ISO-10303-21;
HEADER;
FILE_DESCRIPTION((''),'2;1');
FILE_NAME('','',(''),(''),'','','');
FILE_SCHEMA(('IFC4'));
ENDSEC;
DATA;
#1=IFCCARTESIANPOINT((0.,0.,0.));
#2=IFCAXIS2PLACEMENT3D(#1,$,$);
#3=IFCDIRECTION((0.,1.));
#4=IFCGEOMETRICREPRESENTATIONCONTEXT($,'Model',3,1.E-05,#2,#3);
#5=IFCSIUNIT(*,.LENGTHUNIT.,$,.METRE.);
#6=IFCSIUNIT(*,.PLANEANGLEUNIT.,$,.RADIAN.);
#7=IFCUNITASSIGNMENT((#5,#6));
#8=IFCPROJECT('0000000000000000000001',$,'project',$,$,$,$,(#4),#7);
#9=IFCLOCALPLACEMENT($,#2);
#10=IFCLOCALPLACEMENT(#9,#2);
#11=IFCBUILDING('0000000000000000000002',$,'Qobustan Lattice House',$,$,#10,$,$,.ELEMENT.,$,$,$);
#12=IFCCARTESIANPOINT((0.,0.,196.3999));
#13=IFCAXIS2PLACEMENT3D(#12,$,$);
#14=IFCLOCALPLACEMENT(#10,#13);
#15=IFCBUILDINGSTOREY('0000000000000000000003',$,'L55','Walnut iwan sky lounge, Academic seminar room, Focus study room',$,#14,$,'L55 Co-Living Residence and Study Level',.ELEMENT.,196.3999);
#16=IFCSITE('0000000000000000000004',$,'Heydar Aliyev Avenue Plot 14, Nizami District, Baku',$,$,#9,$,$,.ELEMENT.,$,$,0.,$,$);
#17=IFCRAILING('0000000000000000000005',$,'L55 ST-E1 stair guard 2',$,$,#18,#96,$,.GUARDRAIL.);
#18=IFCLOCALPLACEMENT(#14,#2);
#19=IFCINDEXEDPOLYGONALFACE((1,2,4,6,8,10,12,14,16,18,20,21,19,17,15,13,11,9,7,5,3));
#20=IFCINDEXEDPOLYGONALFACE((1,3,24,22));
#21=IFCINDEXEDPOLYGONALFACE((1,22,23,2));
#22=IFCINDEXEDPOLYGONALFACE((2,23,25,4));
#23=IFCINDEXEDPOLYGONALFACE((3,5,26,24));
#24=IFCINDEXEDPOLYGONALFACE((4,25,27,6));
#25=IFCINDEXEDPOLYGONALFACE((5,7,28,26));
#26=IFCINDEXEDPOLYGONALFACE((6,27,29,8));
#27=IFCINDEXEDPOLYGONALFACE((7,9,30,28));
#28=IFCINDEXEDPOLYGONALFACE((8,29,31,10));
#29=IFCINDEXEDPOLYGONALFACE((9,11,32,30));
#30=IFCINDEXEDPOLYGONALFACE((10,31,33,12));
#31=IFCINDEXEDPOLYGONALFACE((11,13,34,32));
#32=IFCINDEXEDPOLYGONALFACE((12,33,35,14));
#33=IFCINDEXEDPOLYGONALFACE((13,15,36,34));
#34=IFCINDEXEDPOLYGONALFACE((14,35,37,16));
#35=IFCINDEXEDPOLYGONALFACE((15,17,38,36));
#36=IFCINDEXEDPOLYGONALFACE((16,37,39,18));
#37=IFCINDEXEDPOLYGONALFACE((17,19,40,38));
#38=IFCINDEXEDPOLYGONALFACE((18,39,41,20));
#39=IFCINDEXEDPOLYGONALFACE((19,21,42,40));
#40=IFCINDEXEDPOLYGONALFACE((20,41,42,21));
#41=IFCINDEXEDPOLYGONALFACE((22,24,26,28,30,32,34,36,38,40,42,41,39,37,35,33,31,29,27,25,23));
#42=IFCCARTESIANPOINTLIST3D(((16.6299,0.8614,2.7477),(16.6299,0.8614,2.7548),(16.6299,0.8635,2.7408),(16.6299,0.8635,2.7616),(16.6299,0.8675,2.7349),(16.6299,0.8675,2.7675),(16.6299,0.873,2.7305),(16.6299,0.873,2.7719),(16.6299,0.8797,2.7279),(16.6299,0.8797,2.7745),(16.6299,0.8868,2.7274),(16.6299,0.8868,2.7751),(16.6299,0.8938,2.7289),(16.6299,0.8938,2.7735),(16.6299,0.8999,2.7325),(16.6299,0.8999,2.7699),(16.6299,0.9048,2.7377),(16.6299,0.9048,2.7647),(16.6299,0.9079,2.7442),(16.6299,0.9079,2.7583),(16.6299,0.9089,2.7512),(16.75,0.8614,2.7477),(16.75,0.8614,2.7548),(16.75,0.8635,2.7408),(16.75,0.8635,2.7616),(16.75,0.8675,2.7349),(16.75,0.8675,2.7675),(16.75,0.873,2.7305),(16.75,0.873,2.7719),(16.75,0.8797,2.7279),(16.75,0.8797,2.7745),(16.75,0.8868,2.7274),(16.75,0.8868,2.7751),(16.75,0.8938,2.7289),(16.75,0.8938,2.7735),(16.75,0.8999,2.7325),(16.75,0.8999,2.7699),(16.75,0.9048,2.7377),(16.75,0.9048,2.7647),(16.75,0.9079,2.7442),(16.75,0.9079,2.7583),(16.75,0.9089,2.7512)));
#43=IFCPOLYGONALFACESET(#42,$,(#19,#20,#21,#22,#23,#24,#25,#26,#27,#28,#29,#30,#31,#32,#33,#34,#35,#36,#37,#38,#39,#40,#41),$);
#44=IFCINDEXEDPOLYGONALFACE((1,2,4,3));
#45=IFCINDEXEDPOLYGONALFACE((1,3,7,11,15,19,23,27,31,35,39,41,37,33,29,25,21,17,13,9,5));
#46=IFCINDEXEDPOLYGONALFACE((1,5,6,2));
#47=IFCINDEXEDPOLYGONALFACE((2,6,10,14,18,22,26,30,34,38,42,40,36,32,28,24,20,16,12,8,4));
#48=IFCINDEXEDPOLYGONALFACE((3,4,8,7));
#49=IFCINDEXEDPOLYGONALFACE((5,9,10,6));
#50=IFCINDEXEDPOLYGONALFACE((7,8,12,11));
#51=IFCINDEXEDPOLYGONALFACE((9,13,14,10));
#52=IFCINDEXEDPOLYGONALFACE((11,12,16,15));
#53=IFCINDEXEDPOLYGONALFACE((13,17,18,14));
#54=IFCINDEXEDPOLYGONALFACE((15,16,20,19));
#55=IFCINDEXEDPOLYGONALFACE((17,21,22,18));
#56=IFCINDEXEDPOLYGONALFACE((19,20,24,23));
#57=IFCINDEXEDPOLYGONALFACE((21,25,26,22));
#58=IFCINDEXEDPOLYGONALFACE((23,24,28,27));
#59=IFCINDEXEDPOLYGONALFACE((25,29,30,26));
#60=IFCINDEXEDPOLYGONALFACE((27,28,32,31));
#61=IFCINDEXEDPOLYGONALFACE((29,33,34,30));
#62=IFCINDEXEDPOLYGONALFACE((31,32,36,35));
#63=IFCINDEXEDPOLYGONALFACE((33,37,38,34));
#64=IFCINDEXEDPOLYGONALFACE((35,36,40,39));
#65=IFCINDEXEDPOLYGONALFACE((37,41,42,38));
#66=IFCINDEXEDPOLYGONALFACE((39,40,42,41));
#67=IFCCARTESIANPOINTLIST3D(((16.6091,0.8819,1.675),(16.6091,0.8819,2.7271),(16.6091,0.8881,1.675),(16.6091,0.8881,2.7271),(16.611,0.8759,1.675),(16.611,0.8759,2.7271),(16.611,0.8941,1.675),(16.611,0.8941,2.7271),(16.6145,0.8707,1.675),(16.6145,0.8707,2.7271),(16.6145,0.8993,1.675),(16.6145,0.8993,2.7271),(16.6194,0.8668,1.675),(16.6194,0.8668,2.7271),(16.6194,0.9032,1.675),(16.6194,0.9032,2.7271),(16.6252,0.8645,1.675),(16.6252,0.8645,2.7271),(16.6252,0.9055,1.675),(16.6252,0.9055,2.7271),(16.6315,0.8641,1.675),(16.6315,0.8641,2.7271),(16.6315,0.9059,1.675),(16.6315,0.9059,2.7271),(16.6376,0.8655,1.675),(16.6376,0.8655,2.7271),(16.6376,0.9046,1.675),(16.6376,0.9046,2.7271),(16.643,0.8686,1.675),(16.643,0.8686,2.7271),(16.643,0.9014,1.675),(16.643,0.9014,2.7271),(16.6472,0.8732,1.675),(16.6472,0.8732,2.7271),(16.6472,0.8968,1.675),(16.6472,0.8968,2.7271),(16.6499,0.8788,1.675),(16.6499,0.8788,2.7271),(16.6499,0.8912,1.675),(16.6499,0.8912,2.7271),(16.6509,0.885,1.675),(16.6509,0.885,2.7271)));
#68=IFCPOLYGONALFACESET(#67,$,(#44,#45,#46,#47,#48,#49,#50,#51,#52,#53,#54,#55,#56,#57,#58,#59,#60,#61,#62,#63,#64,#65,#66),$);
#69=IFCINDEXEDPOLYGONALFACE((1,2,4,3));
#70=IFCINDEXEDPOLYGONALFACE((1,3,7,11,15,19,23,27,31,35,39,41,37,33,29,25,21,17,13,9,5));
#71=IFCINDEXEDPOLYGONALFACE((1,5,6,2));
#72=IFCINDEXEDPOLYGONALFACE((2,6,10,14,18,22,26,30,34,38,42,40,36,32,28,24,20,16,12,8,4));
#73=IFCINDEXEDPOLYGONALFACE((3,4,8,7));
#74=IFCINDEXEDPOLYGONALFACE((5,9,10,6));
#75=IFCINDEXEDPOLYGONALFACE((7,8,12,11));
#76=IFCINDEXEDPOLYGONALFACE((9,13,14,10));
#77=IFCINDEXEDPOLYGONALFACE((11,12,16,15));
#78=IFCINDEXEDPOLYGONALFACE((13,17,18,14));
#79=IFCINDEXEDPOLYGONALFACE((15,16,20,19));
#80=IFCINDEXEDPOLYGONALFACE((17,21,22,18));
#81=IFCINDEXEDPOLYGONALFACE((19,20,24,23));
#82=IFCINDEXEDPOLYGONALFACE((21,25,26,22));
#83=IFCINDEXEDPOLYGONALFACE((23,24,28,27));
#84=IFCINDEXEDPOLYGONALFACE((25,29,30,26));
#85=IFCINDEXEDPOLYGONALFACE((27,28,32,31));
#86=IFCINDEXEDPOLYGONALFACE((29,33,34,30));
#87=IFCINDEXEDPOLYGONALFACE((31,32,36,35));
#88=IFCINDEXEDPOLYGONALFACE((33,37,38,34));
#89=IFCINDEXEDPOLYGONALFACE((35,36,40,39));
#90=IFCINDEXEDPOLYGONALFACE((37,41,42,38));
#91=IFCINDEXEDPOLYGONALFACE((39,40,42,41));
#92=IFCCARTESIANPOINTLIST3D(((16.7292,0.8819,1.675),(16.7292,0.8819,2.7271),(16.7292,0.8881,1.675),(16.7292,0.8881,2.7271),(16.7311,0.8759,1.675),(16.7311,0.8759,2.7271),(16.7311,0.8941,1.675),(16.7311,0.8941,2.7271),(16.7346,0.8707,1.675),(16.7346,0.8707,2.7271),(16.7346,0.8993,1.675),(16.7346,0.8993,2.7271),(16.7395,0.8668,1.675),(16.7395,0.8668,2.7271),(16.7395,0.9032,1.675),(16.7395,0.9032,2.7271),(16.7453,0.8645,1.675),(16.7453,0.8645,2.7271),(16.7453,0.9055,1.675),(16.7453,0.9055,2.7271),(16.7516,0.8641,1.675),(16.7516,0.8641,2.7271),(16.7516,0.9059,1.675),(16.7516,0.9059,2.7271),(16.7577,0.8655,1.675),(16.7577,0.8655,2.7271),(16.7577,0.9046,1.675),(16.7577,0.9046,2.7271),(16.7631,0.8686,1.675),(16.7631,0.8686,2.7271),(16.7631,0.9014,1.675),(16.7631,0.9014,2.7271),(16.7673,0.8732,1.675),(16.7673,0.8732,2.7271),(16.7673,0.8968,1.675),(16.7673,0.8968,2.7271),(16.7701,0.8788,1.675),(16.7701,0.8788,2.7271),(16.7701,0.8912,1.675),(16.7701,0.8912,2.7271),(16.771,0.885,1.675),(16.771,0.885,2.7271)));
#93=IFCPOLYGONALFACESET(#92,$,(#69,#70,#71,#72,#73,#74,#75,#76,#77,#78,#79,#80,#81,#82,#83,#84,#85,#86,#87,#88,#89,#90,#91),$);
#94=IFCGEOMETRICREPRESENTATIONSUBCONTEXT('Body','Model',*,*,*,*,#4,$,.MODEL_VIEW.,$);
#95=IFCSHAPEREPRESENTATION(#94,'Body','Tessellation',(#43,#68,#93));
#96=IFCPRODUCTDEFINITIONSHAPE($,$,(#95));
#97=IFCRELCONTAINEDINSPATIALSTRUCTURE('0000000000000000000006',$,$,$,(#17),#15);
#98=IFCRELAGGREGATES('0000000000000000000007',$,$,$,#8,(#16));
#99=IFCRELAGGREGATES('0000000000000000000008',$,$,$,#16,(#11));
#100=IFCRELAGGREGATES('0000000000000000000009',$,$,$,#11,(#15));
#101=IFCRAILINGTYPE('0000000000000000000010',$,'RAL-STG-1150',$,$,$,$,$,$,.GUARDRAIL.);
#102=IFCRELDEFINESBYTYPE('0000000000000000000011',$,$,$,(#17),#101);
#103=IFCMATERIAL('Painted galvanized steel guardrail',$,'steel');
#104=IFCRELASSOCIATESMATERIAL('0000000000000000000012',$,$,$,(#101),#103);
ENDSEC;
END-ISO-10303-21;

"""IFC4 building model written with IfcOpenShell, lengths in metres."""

from ifc_helpers import new_model, si_unit, direction, frame, origin, origin_2d, place, context, subcontext, project, spatial, circle, extrude, material, type_object, element, save


model = new_model("IFC4")

# Units and contexts
model_context = context("Model", 3, precision=1e-05, world=origin(), true_north=direction((0.0, 1.0)))
body_context = subcontext(model_context, "Body", "Model", "MODEL_VIEW")
ifc_project = project(units=[si_unit("LENGTHUNIT", "METRE"), si_unit("PLANEANGLEUNIT", "RADIAN")], contexts=[model_context])

# Site, building, storey
site_placement = place(None, origin())
site = spatial("IfcSite", under=ifc_project, at=site_placement, Name="Heydar Aliyev Avenue Plot 14, Nizami District, Baku", CompositionType="ELEMENT", RefElevation=0.0)
building_placement = place(site_placement, origin())
building = spatial("IfcBuilding", under=site, at=building_placement, Name="Qobustan Lattice House", CompositionType="ELEMENT")
storey_placement = place(building_placement, frame((0.0, 0.0, 196.3999)))
storey = spatial("IfcBuildingStorey", under=building, at=storey_placement, Name="L55", Description="Walnut iwan sky lounge, Academic seminar room, Focus study room", LongName="L55 Co-Living Residence and Study Level", CompositionType="ELEMENT", Elevation=196.3999)

# Railing
ifc_material_1 = material(Name="Painted galvanized steel guardrail", Category="steel")
railing_type_1 = type_object("IfcRailingType", Name="RAL-STG-1150", PredefinedType="GUARDRAIL", material=ifc_material_1)
railing_1_placement = place(storey_placement, frame((16.6299, 0.885, 1.675)))
element("IfcRailing", 1, at=railing_1_placement, inside=storey, type_object=railing_type_1, Name="L55 ST-E1 stair guard 2", PredefinedType="GUARDRAIL", context=body_context, shape_type="SweptSolid", body=[
    extrude(circle(Radius=0.0239, at=origin_2d()), frame((0.0, 0.0, 1.0762), z_axis=(1.0, 0.0, 0.0), x_axis=(0.0, 1.0, 0.0)), (0.0, 0.0, 1.0), 0.1201),
    extrude(circle(Radius=0.021, at=origin_2d()), origin(), (0.0, 0.0, 1.0), 1.052),
    extrude(circle(Radius=0.021, at=origin_2d()), frame((0.1201, 0.0, 0.0)), (0.0, 0.0, 1.0), 1.052),
])

save(model, "model.ifc")
